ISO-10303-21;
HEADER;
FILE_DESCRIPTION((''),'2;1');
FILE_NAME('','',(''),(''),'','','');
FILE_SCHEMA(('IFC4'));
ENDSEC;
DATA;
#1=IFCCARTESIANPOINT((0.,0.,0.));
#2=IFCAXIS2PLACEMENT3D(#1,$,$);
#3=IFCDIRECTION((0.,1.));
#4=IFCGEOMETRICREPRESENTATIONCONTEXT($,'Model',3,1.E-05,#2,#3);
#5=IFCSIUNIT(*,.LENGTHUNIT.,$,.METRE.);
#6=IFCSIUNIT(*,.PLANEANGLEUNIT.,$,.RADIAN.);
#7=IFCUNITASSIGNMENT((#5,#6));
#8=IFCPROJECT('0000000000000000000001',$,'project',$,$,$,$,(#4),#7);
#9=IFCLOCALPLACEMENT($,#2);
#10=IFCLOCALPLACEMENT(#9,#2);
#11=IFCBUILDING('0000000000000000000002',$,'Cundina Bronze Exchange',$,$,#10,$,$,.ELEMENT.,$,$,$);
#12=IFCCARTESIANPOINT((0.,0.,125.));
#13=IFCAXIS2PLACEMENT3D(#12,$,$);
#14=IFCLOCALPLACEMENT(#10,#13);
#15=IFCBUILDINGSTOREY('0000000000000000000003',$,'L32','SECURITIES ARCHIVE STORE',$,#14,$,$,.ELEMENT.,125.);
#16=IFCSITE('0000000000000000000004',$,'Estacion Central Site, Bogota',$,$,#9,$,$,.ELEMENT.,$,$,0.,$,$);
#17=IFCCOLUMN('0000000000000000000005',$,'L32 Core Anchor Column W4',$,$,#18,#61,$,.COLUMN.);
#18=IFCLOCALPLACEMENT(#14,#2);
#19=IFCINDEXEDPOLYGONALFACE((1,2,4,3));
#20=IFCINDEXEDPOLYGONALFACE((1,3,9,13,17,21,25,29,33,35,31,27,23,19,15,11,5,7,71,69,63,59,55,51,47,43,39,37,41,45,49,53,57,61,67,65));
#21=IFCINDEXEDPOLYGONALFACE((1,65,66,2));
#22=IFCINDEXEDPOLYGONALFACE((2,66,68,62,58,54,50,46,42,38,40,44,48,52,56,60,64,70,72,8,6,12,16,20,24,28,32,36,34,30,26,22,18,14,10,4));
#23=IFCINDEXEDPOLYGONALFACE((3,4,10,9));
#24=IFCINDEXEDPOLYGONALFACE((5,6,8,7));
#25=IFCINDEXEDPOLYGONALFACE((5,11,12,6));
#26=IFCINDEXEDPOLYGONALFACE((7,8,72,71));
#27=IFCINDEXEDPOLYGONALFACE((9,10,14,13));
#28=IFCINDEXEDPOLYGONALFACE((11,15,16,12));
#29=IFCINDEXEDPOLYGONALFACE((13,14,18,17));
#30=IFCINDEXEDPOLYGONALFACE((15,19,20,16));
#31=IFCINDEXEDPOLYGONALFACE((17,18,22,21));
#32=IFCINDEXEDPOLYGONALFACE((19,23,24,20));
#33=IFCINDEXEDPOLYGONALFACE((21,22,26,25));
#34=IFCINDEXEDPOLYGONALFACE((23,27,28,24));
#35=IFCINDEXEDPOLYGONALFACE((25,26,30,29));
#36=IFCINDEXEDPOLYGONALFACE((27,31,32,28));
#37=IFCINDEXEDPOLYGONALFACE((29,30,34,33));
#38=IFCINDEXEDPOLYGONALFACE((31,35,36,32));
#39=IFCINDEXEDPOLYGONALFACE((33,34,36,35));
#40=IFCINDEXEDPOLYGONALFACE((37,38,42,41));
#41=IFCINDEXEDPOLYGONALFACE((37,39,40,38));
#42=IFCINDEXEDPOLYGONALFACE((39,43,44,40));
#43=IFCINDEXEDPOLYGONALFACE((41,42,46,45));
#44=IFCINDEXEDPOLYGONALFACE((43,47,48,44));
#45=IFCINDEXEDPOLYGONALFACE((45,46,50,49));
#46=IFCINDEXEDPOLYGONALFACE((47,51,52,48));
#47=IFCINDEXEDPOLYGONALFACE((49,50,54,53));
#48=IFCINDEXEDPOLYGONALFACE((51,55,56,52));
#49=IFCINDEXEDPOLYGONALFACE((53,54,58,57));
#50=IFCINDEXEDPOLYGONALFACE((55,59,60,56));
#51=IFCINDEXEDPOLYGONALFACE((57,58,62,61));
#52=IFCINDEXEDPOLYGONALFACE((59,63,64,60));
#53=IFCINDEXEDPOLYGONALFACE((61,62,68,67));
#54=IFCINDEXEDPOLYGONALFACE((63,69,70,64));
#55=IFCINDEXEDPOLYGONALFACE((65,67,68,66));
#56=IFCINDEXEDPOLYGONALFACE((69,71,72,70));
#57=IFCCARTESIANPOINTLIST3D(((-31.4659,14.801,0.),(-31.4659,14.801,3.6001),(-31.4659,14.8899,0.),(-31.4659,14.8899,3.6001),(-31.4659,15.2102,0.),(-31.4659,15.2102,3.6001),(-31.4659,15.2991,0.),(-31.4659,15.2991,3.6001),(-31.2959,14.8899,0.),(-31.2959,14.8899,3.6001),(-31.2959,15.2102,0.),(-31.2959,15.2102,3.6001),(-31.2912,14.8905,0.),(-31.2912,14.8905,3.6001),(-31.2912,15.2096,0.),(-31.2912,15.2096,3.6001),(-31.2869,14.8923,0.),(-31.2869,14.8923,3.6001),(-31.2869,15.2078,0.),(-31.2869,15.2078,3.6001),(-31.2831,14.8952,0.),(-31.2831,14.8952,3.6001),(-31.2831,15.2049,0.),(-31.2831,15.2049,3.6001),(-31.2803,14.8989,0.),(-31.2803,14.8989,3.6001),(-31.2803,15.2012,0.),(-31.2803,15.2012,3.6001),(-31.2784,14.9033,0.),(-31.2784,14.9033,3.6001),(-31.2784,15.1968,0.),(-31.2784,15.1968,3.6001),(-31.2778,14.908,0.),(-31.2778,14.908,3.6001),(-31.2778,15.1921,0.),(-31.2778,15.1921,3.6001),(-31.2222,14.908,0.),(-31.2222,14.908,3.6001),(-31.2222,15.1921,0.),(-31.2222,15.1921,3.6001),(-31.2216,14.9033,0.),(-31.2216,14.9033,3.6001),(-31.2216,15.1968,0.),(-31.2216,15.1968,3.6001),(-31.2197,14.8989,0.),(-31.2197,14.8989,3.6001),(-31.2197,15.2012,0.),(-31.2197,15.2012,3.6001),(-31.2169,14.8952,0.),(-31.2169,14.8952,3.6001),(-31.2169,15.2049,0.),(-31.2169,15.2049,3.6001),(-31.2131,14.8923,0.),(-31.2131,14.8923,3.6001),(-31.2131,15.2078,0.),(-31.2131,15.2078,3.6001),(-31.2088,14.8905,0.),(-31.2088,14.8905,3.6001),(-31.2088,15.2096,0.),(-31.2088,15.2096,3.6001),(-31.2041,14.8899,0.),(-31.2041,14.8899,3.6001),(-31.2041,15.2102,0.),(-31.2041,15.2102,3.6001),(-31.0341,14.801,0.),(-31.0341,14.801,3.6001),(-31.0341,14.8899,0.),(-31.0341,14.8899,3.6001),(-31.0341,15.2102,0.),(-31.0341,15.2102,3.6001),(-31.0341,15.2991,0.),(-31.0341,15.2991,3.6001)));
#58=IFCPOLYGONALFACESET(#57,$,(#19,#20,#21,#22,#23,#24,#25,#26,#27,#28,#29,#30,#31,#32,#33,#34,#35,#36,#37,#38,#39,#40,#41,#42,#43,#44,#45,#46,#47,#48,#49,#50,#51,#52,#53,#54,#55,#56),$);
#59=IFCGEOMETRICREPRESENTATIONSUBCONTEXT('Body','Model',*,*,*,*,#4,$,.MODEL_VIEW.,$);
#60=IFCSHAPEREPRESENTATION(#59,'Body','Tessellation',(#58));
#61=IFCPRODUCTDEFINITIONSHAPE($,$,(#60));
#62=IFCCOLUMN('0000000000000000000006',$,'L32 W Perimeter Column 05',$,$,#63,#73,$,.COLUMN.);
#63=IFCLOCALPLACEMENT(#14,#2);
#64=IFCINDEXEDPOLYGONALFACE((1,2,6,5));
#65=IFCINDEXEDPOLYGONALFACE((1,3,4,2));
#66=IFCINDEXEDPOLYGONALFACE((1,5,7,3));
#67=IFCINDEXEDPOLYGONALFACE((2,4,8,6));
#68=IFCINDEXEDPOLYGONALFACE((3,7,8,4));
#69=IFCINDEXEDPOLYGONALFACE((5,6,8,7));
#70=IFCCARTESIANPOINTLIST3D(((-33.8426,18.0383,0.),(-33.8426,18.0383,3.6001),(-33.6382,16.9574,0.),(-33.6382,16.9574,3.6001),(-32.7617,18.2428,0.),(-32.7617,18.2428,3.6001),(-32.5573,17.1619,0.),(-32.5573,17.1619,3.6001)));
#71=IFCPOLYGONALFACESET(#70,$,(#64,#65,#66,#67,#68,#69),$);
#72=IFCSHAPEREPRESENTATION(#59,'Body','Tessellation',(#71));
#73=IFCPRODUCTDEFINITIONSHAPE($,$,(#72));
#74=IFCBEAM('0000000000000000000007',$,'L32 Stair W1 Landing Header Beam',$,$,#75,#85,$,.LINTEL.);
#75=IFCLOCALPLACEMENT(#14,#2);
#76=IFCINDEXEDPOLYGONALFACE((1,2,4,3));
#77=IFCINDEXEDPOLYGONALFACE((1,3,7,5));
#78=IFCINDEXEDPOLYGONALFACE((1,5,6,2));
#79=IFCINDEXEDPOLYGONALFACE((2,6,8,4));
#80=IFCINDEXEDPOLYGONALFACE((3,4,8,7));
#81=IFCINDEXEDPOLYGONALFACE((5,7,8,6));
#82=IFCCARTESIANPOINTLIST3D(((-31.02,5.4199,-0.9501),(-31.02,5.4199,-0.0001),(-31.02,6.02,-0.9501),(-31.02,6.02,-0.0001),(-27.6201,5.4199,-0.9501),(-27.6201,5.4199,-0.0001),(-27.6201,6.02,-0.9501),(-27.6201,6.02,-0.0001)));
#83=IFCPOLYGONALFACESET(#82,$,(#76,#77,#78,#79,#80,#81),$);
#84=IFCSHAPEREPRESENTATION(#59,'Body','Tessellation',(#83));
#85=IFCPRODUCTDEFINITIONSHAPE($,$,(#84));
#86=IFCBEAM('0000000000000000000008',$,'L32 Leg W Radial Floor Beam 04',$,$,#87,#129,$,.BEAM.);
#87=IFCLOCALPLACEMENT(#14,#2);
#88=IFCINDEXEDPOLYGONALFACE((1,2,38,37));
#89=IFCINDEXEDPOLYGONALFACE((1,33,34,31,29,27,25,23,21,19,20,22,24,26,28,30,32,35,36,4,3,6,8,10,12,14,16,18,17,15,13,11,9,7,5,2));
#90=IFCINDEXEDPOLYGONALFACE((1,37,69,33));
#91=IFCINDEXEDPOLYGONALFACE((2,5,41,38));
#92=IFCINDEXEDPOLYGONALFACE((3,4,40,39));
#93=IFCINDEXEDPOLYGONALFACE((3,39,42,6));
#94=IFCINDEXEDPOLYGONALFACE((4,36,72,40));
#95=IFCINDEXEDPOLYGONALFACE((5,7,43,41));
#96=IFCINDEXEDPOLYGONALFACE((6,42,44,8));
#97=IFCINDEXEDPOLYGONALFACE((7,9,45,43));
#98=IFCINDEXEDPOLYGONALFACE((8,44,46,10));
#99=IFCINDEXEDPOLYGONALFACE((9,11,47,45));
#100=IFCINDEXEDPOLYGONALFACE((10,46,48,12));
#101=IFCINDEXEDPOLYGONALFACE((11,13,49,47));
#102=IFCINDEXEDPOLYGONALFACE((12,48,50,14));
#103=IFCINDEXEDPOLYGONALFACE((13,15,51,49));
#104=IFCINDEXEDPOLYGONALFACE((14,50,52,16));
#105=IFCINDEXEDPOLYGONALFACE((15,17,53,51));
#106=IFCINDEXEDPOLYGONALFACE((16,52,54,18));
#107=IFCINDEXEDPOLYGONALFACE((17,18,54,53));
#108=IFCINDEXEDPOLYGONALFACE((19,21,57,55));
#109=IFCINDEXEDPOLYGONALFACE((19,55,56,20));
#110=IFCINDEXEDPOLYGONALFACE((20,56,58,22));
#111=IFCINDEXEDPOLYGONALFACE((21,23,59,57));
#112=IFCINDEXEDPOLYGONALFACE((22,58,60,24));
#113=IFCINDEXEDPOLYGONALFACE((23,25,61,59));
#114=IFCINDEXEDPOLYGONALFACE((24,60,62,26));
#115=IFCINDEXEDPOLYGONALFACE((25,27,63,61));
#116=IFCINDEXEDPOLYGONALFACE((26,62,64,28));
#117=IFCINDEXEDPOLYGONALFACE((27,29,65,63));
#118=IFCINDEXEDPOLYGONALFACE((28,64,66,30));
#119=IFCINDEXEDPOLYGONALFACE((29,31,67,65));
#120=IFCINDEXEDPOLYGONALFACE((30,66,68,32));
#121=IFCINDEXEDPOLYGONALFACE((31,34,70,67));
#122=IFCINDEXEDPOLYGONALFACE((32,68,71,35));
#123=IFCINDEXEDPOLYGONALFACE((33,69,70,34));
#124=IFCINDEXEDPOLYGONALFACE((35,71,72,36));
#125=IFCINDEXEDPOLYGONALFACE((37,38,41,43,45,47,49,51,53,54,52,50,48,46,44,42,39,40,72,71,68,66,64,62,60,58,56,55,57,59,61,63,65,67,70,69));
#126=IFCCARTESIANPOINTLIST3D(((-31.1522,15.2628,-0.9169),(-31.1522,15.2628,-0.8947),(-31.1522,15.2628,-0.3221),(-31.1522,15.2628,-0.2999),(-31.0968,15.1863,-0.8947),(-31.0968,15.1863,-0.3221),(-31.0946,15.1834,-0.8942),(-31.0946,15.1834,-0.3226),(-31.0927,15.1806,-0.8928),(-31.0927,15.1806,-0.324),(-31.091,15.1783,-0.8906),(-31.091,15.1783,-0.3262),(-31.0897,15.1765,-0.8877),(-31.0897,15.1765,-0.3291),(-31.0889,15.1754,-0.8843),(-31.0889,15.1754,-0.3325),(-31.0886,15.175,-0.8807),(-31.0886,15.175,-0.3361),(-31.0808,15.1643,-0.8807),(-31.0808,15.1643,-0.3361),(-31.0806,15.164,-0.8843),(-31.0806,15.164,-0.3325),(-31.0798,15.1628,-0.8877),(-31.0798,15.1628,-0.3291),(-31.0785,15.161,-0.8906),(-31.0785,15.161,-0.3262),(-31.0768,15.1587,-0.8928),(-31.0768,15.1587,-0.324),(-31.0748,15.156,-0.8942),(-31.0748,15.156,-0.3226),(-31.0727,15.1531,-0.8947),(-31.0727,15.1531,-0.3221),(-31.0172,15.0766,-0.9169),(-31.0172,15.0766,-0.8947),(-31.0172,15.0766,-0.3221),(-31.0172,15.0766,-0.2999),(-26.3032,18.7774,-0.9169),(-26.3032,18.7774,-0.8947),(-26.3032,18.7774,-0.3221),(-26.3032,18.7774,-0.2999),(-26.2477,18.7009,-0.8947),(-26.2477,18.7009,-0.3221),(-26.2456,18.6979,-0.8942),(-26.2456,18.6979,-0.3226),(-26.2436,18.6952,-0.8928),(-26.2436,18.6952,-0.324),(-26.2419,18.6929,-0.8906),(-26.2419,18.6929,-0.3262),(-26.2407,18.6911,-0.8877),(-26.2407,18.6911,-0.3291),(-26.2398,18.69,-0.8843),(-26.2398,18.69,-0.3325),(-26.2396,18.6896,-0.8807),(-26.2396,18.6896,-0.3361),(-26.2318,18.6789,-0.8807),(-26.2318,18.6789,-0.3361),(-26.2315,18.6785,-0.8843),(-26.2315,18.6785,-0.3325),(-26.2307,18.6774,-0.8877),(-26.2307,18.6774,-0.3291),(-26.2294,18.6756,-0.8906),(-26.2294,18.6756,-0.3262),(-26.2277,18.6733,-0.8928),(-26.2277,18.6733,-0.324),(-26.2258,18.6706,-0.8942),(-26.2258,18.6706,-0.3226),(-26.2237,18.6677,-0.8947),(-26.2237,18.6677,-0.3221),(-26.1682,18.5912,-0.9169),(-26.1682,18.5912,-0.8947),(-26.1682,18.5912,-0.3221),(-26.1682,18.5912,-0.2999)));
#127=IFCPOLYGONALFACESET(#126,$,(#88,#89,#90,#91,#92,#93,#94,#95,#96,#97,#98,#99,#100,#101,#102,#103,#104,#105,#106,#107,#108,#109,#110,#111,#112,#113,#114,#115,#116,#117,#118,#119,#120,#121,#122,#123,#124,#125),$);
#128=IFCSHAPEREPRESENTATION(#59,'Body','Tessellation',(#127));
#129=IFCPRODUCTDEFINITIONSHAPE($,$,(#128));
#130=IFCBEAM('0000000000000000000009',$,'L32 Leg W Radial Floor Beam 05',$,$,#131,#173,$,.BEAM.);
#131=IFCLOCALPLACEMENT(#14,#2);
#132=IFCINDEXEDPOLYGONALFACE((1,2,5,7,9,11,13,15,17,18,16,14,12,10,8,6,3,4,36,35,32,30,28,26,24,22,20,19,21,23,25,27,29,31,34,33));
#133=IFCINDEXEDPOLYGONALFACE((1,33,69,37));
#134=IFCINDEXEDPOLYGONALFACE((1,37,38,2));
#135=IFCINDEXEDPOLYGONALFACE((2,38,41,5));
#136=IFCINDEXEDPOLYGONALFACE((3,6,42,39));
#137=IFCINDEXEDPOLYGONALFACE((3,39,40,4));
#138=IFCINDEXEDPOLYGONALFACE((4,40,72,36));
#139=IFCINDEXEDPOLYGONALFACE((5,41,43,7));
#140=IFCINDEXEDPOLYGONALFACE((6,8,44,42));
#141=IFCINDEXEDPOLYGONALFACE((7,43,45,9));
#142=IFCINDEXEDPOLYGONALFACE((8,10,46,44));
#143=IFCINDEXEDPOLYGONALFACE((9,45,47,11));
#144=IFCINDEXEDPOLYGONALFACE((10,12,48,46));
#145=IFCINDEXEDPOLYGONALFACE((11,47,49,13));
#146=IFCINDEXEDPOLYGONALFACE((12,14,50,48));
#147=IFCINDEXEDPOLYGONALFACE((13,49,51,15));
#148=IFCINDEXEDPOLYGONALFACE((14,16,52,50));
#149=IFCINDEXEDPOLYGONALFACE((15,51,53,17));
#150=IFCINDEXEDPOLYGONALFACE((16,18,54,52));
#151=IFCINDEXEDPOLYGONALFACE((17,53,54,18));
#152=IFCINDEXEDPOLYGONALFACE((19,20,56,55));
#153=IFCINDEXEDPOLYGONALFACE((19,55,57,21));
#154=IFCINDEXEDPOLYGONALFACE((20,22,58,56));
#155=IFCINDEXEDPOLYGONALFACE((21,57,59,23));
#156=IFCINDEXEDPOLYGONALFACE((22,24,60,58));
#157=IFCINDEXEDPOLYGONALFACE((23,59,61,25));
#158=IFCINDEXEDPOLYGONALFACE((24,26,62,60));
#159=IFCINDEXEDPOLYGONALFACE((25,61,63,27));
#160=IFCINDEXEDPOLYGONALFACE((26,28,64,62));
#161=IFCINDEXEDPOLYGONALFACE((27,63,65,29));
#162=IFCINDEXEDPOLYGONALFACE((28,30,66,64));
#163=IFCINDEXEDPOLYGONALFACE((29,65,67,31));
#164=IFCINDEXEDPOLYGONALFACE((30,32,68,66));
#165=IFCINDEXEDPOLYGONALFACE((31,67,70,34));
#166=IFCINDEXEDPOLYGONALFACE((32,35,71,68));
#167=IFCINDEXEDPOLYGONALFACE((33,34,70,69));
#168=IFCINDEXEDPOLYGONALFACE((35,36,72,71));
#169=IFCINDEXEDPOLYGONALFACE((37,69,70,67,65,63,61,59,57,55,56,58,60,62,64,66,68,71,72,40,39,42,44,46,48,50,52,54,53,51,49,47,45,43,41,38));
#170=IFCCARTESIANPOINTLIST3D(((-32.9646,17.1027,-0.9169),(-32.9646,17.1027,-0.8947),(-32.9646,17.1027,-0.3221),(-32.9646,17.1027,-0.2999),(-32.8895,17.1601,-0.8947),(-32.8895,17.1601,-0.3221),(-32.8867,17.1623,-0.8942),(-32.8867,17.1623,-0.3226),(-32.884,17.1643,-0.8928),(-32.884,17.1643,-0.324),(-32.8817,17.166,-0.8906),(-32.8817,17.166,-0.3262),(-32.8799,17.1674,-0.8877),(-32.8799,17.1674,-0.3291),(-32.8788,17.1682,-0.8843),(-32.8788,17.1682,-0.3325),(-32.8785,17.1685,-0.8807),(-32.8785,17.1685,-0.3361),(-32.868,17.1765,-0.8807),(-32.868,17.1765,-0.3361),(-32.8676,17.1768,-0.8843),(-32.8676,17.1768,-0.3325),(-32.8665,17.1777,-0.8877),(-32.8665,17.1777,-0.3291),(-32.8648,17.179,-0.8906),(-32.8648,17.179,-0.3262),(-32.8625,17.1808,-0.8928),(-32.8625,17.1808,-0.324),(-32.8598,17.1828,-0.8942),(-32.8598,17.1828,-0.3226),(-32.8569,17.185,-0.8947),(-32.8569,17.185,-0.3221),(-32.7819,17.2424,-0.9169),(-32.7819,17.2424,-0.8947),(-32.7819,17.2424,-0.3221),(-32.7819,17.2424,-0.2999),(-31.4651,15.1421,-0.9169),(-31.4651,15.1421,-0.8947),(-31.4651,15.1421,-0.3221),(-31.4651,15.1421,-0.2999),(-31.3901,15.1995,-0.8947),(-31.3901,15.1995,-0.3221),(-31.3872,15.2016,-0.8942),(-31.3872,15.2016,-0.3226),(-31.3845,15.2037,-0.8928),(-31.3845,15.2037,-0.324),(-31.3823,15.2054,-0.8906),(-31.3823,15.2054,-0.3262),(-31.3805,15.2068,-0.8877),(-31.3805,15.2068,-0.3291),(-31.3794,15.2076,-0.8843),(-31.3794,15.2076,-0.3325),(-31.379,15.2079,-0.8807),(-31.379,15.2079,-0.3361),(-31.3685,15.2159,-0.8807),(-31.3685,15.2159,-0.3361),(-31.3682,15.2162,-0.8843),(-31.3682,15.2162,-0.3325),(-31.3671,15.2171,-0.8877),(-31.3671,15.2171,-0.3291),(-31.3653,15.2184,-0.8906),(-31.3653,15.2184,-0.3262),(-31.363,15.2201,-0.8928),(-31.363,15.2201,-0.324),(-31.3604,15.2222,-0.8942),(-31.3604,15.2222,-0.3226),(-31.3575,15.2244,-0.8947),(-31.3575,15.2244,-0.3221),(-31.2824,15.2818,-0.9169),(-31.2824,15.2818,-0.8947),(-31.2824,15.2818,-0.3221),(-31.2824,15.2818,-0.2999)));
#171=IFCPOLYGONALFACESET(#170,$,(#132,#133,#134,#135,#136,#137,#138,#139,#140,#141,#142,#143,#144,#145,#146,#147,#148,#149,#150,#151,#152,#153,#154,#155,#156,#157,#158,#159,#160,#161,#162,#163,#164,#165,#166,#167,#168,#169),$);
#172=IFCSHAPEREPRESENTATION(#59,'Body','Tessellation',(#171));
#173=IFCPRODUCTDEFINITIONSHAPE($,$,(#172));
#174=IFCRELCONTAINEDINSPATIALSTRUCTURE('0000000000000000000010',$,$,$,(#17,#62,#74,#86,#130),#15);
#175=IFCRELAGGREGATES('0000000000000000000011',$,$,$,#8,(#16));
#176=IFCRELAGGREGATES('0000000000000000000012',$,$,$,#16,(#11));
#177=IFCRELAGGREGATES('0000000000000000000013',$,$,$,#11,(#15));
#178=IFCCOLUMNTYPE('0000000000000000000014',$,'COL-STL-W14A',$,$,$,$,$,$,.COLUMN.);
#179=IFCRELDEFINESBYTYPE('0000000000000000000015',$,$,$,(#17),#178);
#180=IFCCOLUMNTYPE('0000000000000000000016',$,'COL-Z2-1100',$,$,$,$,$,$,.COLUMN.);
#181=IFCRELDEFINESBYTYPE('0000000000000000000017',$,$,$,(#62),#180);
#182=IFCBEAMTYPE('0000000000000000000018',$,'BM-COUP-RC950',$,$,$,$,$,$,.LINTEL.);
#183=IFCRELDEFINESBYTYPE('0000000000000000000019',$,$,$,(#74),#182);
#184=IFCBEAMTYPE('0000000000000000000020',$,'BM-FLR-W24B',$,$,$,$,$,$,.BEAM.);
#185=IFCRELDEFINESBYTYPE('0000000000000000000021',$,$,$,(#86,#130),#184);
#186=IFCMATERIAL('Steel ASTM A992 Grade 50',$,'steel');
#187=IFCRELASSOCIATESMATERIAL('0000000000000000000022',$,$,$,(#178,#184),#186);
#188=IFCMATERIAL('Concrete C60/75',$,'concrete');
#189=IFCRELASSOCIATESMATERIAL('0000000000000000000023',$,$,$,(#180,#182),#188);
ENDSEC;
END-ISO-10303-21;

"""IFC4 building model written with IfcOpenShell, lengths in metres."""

from ifc_helpers import new_model, si_unit, direction, frame, origin, origin_2d, place, context, subcontext, project, spatial, rectangle, i_section, extrude, material, material_profile, profile_set, type_object, element, save


model = new_model("IFC4")

# Units and contexts
model_context = context("Model", 3, precision=1e-05, world=origin(), true_north=direction((0.0, 1.0)))
body_context = subcontext(model_context, "Body", "Model", "MODEL_VIEW")
ifc_project = project(units=[si_unit("LENGTHUNIT", "METRE"), si_unit("PLANEANGLEUNIT", "RADIAN")], contexts=[model_context])

# Site, building, storey
site_placement = place(None, origin())
site = spatial("IfcSite", under=ifc_project, at=site_placement, Name="Estacion Central Site, Bogota", CompositionType="ELEMENT", RefElevation=0.0)
building_placement = place(site_placement, origin())
building = spatial("IfcBuilding", under=site, at=building_placement, Name="Cundina Bronze Exchange", CompositionType="ELEMENT")
storey_placement = place(building_placement, frame((0.0, 0.0, 125.0)))
storey = spatial("IfcBuildingStorey", under=building, at=storey_placement, Name="L32", Description="SECURITIES ARCHIVE STORE", CompositionType="ELEMENT", Elevation=125.0)

# Columns
ifc_material_1 = material(Name="Steel ASTM A992 Grade 50", Category="steel")
ifc_material_profile_1 = material_profile(ifc_material_1, i_section(OverallWidth=0.4319, OverallDepth=0.498, WebThickness=0.0557, FlangeThickness=0.0889, FilletRadius=0.0181, at=origin_2d()), Name="W14X500", Category="steel")
ifc_profile_set_1 = profile_set([ifc_material_profile_1], Name="Steel ASTM A992 Grade 50")
column_type_1 = type_object("IfcColumnType", Name="COL-STL-W14A", PredefinedType="COLUMN", material=ifc_profile_set_1)
column_1_placement = place(storey_placement, frame((-31.25, 15.05, 0.0), z_axis=(0.0, 0.0, 1.0), x_axis=(1.0, 0.0, 0.0)))
element("IfcColumn", 1, at=column_1_placement, inside=storey, type_object=column_type_1, Name="L32 Core Anchor Column W4", PredefinedType="COLUMN", context=body_context, shape_type="SweptSolid", body=[
    extrude(i_section(OverallWidth=0.4319, OverallDepth=0.498, WebThickness=0.0557, FlangeThickness=0.0889, FilletRadius=0.0181, at=origin_2d()), origin(), (0.0, 0.0, 1.0), 3.6001),
])
ifc_material_2 = material(Name="Concrete C60/75", Category="concrete")
ifc_material_profile_2 = material_profile(ifc_material_2, rectangle(XDim=1.1001, YDim=1.1001, at=origin_2d()), Name="RC1100X1100", Category="concrete")
ifc_profile_set_2 = profile_set([ifc_material_profile_2], Name="Concrete C60/75")
column_type_2 = type_object("IfcColumnType", Name="COL-Z2-1100", PredefinedType="COLUMN", material=ifc_profile_set_2)
column_2_placement = place(storey_placement, frame((-33.2, 17.6001, 0.0), z_axis=(0.0, 0.0, 1.0), x_axis=(-0.98258, -0.185838, 0.0)))
element("IfcColumn", 2, at=column_2_placement, inside=storey, type_object=column_type_2, Name="L32 W Perimeter Column 05", PredefinedType="COLUMN", context=body_context, shape_type="SweptSolid", body=[
    extrude(rectangle(XDim=1.1001, YDim=1.1001, at=origin_2d()), origin(), (0.0, 0.0, 1.0), 3.6001),
])

# Beams
ifc_material_profile_3 = material_profile(ifc_material_2, rectangle(XDim=0.6001, YDim=0.95, at=origin_2d()), Name="RC600X950", Category="concrete")
ifc_profile_set_3 = profile_set([ifc_material_profile_3], Name="Concrete C60/75")
beam_type_1 = type_object("IfcBeamType", Name="BM-COUP-RC950", PredefinedType="LINTEL", material=ifc_profile_set_3)
beam_1_placement = place(storey_placement, frame((-31.02, 5.72, -0.4751), z_axis=(1.0, 0.0, 0.0), x_axis=(0.0, 1.0, 0.0)))
element("IfcBeam", 3, at=beam_1_placement, inside=storey, type_object=beam_type_1, Name="L32 Stair W1 Landing Header Beam", PredefinedType="LINTEL", context=body_context, shape_type="SweptSolid", body=[
    extrude(rectangle(XDim=0.6001, YDim=0.95, at=origin_2d()), origin(), (0.0, 0.0, 1.0), 3.3999),
])
ifc_material_profile_4 = material_profile(ifc_material_1, i_section(OverallWidth=0.23, OverallDepth=0.6169, WebThickness=0.0132, FlangeThickness=0.0222, FilletRadius=0.0139, at=origin_2d()), Name="W24X94", Category="steel")
ifc_profile_set_4 = profile_set([ifc_material_profile_4], Name="Steel ASTM A992 Grade 50")
beam_type_2 = type_object("IfcBeamType", Name="BM-FLR-W24B", PredefinedType="BEAM", material=ifc_profile_set_4)
beam_2_placement = place(storey_placement, frame((-31.0847, 15.1697, -0.6084), z_axis=(0.809687, 0.586862, 0.0), x_axis=(-0.586862, 0.809687, 0.0)))
element("IfcBeam", 4, at=beam_2_placement, inside=storey, type_object=beam_type_2, Name="L32 Leg W Radial Floor Beam 04", PredefinedType="BEAM", context=body_context, shape_type="SweptSolid", body=[
    extrude(i_section(OverallWidth=0.23, OverallDepth=0.6169, WebThickness=0.0132, FlangeThickness=0.0222, FilletRadius=0.0139, at=origin_2d()), origin(), (0.0, 0.0, 1.0), 5.9888),
])
beam_3_placement = place(storey_placement, frame((-31.3738, 15.2119, -0.6084), z_axis=(-0.60749, 0.794327, 0.0), x_axis=(-0.794327, -0.60749, 0.0)))
element("IfcBeam", 5, at=beam_3_placement, inside=storey, type_object=beam_type_2, Name="L32 Leg W Radial Floor Beam 05", PredefinedType="BEAM", context=body_context, shape_type="SweptSolid", body=[
    extrude(i_section(OverallWidth=0.23, OverallDepth=0.6169, WebThickness=0.0132, FlangeThickness=0.0222, FilletRadius=0.0139, at=origin_2d()), origin(), (0.0, 0.0, 1.0), 2.4683),
])

save(model, "model.ifc")
